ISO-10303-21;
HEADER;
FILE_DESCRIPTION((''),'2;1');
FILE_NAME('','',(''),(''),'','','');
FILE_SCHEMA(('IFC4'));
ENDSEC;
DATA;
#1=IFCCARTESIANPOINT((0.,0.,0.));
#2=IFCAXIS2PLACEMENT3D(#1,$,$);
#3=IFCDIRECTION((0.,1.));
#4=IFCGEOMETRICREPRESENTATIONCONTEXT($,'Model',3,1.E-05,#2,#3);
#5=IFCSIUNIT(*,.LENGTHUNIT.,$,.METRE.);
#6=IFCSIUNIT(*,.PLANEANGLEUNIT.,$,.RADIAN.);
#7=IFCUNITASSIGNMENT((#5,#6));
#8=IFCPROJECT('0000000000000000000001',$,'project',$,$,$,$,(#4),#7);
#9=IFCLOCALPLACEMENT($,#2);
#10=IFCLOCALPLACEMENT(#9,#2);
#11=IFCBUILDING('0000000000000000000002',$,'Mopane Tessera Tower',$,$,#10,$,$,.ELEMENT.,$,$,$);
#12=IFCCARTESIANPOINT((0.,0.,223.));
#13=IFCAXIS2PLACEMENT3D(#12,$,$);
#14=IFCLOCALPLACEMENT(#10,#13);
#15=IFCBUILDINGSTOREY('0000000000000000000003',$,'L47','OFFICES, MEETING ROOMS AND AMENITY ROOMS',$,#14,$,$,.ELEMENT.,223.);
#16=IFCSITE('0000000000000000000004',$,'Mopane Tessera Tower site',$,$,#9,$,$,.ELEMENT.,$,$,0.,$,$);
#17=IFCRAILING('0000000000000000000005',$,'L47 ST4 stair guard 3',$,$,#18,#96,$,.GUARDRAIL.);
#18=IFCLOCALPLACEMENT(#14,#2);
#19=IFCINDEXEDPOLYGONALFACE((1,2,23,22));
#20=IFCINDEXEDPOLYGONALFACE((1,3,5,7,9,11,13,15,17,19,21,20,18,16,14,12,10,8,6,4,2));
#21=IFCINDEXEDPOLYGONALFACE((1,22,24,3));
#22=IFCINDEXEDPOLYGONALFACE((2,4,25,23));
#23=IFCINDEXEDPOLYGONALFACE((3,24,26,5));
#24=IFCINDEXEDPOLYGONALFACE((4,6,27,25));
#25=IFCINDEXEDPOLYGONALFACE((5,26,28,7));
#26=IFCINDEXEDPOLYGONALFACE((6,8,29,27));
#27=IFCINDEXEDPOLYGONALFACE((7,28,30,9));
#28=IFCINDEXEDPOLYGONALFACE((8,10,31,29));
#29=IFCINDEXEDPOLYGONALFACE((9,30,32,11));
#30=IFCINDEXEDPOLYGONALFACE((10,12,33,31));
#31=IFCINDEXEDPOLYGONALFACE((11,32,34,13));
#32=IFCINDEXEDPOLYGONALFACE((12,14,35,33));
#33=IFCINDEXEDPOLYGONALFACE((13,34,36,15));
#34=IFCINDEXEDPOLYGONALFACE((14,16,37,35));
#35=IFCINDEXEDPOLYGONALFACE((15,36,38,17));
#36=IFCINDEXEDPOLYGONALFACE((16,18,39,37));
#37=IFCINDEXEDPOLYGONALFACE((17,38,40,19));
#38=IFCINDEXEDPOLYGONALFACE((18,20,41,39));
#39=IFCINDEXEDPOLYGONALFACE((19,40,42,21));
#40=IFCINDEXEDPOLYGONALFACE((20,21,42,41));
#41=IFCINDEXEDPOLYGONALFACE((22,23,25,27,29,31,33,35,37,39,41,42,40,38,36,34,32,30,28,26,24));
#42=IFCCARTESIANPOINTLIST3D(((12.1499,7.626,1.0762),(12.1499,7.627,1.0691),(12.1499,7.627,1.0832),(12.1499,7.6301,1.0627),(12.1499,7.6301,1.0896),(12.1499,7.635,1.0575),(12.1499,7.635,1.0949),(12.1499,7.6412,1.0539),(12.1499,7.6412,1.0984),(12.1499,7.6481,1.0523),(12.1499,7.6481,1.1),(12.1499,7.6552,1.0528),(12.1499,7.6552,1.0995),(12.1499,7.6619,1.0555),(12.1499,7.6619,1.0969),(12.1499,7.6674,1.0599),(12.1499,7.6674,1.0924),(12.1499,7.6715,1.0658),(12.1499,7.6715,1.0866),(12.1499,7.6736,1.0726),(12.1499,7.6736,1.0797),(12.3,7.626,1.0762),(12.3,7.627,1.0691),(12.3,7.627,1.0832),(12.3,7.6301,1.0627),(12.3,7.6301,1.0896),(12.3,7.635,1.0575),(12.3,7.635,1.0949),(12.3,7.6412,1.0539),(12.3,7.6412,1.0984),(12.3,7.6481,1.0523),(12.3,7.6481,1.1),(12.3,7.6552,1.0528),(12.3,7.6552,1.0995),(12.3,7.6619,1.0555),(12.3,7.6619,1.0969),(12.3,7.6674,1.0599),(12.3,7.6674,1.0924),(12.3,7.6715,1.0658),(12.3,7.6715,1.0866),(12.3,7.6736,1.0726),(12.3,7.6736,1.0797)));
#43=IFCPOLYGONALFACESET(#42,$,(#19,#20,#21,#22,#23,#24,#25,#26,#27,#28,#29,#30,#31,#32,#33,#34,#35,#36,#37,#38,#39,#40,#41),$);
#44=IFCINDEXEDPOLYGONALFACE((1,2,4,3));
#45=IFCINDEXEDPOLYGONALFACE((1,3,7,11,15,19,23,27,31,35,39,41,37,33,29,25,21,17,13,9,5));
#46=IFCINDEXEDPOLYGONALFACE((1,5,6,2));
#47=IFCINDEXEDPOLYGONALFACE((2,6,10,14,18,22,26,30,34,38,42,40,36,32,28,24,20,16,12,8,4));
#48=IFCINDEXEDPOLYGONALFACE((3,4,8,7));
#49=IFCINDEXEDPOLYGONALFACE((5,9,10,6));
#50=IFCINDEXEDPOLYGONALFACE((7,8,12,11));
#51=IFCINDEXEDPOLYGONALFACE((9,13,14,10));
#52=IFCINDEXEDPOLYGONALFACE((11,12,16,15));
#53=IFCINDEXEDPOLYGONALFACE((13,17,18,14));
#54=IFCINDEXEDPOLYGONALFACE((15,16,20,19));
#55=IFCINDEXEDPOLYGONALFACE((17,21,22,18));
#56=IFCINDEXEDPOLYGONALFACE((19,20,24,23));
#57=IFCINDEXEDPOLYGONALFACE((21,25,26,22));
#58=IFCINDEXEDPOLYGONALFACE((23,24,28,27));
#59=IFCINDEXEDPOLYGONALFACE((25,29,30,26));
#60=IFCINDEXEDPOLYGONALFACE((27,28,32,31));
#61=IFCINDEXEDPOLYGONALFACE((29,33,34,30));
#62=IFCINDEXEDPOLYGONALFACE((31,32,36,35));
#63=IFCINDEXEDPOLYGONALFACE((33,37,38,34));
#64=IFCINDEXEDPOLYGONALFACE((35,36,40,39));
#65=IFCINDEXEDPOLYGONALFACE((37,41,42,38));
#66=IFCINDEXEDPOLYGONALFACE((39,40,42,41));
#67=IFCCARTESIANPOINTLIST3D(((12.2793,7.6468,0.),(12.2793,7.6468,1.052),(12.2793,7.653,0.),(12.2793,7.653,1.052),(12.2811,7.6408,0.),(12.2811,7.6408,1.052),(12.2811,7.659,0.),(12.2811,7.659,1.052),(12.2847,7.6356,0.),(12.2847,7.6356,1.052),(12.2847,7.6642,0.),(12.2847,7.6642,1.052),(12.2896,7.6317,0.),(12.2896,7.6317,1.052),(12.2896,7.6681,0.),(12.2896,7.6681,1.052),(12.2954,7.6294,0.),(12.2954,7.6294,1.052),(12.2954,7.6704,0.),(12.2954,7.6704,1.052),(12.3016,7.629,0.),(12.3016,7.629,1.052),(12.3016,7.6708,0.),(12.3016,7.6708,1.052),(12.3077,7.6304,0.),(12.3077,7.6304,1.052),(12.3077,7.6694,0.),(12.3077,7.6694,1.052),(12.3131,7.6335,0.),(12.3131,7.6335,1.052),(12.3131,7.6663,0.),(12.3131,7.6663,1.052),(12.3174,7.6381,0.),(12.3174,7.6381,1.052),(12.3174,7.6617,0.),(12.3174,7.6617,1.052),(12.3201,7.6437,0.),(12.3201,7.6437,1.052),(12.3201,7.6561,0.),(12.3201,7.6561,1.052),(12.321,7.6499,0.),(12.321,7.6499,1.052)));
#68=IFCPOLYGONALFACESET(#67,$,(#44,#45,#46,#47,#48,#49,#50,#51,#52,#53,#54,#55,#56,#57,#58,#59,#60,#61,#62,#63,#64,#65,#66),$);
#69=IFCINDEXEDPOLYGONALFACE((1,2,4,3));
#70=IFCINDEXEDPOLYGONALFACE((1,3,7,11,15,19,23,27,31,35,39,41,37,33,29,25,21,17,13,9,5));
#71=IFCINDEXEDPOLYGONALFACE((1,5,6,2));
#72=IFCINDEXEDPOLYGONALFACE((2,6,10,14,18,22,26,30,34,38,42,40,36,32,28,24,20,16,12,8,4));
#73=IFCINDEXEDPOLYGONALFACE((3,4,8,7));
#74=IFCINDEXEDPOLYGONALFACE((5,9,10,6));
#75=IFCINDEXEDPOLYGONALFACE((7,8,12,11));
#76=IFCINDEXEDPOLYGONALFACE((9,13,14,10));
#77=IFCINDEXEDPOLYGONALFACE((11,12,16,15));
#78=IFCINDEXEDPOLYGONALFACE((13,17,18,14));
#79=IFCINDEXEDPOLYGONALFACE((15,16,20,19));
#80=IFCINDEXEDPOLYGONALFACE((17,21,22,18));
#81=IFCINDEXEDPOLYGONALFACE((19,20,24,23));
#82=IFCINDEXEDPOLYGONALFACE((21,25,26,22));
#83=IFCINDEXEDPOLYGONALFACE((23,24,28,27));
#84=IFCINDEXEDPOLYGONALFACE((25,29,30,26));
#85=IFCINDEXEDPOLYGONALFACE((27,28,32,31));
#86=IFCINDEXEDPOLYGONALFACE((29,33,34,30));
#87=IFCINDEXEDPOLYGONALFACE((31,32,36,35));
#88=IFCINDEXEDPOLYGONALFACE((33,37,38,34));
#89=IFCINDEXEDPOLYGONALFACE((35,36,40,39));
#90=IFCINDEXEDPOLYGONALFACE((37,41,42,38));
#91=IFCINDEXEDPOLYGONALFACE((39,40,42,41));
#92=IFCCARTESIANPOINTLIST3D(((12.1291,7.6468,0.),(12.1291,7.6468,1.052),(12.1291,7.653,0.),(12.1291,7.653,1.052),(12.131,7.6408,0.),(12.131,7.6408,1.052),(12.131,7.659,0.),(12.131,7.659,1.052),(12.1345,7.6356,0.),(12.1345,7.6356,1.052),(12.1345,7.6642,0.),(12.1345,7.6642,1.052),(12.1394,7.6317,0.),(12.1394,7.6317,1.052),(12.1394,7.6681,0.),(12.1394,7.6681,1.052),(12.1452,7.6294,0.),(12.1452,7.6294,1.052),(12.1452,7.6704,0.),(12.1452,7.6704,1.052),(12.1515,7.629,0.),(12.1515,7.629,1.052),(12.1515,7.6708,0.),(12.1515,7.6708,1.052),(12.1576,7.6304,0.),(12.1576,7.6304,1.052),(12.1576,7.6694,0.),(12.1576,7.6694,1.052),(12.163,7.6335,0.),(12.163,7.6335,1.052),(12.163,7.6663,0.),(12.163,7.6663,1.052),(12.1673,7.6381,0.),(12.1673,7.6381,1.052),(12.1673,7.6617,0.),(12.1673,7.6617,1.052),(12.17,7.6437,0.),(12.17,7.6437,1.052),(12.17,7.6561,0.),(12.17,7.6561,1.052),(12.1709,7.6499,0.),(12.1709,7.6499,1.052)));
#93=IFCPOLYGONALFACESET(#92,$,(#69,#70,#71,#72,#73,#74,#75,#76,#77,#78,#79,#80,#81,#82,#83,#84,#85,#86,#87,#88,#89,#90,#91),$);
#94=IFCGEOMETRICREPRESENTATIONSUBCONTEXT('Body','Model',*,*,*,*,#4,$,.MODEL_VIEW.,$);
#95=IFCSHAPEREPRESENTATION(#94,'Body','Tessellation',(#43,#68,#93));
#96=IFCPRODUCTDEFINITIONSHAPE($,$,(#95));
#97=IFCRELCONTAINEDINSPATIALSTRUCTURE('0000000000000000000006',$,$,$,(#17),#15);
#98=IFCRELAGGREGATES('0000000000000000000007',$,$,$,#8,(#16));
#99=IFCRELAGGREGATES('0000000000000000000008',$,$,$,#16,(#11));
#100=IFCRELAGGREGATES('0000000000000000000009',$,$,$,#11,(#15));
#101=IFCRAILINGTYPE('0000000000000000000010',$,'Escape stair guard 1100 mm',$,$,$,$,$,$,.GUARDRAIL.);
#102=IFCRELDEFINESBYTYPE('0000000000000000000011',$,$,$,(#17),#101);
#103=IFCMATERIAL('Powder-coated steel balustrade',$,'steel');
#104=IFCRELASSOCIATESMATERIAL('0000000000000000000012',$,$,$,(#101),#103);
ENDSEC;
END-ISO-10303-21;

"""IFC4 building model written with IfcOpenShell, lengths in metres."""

from ifc_helpers import new_model, si_unit, direction, frame, origin, origin_2d, place, context, subcontext, project, spatial, circle, extrude, material, type_object, element, save


model = new_model("IFC4")

# Units and contexts
model_context = context("Model", 3, precision=1e-05, world=origin(), true_north=direction((0.0, 1.0)))
body_context = subcontext(model_context, "Body", "Model", "MODEL_VIEW")
ifc_project = project(units=[si_unit("LENGTHUNIT", "METRE"), si_unit("PLANEANGLEUNIT", "RADIAN")], contexts=[model_context])

# Site, building, storey
site_placement = place(None, origin())
site = spatial("IfcSite", under=ifc_project, at=site_placement, Name="Mopane Tessera Tower site", CompositionType="ELEMENT", RefElevation=0.0)
building_placement = place(site_placement, origin())
building = spatial("IfcBuilding", under=site, at=building_placement, Name="Mopane Tessera Tower", CompositionType="ELEMENT")
storey_placement = place(building_placement, frame((0.0, 0.0, 223.0)))
storey = spatial("IfcBuildingStorey", under=building, at=storey_placement, Name="L47", Description="OFFICES, MEETING ROOMS AND AMENITY ROOMS", CompositionType="ELEMENT", Elevation=223.0)

# Railing
ifc_material_1 = material(Name="Powder-coated steel balustrade", Category="steel")
railing_type_1 = type_object("IfcRailingType", Name="Escape stair guard 1100 mm", PredefinedType="GUARDRAIL", material=ifc_material_1)
railing_1_placement = place(storey_placement, frame((12.3, 7.6499, 0.0)))
element("IfcRailing", 1, at=railing_1_placement, inside=storey, type_object=railing_type_1, Name="L47 ST4 stair guard 3", PredefinedType="GUARDRAIL", context=body_context, shape_type="SweptSolid", body=[
    extrude(circle(Radius=0.0239, at=origin_2d()), frame((0.0, 0.0, 1.0762), z_axis=(-1.0, 0.0, 0.0), x_axis=(0.0, -1.0, 0.0)), (0.0, 0.0, 1.0), 0.1501),
    extrude(circle(Radius=0.021, at=origin_2d()), origin(), (0.0, 0.0, 1.0), 1.052),
    extrude(circle(Radius=0.021, at=origin_2d()), frame((-0.1501, 0.0, 0.0)), (0.0, 0.0, 1.0), 1.052),
])

save(model, "model.ifc")
